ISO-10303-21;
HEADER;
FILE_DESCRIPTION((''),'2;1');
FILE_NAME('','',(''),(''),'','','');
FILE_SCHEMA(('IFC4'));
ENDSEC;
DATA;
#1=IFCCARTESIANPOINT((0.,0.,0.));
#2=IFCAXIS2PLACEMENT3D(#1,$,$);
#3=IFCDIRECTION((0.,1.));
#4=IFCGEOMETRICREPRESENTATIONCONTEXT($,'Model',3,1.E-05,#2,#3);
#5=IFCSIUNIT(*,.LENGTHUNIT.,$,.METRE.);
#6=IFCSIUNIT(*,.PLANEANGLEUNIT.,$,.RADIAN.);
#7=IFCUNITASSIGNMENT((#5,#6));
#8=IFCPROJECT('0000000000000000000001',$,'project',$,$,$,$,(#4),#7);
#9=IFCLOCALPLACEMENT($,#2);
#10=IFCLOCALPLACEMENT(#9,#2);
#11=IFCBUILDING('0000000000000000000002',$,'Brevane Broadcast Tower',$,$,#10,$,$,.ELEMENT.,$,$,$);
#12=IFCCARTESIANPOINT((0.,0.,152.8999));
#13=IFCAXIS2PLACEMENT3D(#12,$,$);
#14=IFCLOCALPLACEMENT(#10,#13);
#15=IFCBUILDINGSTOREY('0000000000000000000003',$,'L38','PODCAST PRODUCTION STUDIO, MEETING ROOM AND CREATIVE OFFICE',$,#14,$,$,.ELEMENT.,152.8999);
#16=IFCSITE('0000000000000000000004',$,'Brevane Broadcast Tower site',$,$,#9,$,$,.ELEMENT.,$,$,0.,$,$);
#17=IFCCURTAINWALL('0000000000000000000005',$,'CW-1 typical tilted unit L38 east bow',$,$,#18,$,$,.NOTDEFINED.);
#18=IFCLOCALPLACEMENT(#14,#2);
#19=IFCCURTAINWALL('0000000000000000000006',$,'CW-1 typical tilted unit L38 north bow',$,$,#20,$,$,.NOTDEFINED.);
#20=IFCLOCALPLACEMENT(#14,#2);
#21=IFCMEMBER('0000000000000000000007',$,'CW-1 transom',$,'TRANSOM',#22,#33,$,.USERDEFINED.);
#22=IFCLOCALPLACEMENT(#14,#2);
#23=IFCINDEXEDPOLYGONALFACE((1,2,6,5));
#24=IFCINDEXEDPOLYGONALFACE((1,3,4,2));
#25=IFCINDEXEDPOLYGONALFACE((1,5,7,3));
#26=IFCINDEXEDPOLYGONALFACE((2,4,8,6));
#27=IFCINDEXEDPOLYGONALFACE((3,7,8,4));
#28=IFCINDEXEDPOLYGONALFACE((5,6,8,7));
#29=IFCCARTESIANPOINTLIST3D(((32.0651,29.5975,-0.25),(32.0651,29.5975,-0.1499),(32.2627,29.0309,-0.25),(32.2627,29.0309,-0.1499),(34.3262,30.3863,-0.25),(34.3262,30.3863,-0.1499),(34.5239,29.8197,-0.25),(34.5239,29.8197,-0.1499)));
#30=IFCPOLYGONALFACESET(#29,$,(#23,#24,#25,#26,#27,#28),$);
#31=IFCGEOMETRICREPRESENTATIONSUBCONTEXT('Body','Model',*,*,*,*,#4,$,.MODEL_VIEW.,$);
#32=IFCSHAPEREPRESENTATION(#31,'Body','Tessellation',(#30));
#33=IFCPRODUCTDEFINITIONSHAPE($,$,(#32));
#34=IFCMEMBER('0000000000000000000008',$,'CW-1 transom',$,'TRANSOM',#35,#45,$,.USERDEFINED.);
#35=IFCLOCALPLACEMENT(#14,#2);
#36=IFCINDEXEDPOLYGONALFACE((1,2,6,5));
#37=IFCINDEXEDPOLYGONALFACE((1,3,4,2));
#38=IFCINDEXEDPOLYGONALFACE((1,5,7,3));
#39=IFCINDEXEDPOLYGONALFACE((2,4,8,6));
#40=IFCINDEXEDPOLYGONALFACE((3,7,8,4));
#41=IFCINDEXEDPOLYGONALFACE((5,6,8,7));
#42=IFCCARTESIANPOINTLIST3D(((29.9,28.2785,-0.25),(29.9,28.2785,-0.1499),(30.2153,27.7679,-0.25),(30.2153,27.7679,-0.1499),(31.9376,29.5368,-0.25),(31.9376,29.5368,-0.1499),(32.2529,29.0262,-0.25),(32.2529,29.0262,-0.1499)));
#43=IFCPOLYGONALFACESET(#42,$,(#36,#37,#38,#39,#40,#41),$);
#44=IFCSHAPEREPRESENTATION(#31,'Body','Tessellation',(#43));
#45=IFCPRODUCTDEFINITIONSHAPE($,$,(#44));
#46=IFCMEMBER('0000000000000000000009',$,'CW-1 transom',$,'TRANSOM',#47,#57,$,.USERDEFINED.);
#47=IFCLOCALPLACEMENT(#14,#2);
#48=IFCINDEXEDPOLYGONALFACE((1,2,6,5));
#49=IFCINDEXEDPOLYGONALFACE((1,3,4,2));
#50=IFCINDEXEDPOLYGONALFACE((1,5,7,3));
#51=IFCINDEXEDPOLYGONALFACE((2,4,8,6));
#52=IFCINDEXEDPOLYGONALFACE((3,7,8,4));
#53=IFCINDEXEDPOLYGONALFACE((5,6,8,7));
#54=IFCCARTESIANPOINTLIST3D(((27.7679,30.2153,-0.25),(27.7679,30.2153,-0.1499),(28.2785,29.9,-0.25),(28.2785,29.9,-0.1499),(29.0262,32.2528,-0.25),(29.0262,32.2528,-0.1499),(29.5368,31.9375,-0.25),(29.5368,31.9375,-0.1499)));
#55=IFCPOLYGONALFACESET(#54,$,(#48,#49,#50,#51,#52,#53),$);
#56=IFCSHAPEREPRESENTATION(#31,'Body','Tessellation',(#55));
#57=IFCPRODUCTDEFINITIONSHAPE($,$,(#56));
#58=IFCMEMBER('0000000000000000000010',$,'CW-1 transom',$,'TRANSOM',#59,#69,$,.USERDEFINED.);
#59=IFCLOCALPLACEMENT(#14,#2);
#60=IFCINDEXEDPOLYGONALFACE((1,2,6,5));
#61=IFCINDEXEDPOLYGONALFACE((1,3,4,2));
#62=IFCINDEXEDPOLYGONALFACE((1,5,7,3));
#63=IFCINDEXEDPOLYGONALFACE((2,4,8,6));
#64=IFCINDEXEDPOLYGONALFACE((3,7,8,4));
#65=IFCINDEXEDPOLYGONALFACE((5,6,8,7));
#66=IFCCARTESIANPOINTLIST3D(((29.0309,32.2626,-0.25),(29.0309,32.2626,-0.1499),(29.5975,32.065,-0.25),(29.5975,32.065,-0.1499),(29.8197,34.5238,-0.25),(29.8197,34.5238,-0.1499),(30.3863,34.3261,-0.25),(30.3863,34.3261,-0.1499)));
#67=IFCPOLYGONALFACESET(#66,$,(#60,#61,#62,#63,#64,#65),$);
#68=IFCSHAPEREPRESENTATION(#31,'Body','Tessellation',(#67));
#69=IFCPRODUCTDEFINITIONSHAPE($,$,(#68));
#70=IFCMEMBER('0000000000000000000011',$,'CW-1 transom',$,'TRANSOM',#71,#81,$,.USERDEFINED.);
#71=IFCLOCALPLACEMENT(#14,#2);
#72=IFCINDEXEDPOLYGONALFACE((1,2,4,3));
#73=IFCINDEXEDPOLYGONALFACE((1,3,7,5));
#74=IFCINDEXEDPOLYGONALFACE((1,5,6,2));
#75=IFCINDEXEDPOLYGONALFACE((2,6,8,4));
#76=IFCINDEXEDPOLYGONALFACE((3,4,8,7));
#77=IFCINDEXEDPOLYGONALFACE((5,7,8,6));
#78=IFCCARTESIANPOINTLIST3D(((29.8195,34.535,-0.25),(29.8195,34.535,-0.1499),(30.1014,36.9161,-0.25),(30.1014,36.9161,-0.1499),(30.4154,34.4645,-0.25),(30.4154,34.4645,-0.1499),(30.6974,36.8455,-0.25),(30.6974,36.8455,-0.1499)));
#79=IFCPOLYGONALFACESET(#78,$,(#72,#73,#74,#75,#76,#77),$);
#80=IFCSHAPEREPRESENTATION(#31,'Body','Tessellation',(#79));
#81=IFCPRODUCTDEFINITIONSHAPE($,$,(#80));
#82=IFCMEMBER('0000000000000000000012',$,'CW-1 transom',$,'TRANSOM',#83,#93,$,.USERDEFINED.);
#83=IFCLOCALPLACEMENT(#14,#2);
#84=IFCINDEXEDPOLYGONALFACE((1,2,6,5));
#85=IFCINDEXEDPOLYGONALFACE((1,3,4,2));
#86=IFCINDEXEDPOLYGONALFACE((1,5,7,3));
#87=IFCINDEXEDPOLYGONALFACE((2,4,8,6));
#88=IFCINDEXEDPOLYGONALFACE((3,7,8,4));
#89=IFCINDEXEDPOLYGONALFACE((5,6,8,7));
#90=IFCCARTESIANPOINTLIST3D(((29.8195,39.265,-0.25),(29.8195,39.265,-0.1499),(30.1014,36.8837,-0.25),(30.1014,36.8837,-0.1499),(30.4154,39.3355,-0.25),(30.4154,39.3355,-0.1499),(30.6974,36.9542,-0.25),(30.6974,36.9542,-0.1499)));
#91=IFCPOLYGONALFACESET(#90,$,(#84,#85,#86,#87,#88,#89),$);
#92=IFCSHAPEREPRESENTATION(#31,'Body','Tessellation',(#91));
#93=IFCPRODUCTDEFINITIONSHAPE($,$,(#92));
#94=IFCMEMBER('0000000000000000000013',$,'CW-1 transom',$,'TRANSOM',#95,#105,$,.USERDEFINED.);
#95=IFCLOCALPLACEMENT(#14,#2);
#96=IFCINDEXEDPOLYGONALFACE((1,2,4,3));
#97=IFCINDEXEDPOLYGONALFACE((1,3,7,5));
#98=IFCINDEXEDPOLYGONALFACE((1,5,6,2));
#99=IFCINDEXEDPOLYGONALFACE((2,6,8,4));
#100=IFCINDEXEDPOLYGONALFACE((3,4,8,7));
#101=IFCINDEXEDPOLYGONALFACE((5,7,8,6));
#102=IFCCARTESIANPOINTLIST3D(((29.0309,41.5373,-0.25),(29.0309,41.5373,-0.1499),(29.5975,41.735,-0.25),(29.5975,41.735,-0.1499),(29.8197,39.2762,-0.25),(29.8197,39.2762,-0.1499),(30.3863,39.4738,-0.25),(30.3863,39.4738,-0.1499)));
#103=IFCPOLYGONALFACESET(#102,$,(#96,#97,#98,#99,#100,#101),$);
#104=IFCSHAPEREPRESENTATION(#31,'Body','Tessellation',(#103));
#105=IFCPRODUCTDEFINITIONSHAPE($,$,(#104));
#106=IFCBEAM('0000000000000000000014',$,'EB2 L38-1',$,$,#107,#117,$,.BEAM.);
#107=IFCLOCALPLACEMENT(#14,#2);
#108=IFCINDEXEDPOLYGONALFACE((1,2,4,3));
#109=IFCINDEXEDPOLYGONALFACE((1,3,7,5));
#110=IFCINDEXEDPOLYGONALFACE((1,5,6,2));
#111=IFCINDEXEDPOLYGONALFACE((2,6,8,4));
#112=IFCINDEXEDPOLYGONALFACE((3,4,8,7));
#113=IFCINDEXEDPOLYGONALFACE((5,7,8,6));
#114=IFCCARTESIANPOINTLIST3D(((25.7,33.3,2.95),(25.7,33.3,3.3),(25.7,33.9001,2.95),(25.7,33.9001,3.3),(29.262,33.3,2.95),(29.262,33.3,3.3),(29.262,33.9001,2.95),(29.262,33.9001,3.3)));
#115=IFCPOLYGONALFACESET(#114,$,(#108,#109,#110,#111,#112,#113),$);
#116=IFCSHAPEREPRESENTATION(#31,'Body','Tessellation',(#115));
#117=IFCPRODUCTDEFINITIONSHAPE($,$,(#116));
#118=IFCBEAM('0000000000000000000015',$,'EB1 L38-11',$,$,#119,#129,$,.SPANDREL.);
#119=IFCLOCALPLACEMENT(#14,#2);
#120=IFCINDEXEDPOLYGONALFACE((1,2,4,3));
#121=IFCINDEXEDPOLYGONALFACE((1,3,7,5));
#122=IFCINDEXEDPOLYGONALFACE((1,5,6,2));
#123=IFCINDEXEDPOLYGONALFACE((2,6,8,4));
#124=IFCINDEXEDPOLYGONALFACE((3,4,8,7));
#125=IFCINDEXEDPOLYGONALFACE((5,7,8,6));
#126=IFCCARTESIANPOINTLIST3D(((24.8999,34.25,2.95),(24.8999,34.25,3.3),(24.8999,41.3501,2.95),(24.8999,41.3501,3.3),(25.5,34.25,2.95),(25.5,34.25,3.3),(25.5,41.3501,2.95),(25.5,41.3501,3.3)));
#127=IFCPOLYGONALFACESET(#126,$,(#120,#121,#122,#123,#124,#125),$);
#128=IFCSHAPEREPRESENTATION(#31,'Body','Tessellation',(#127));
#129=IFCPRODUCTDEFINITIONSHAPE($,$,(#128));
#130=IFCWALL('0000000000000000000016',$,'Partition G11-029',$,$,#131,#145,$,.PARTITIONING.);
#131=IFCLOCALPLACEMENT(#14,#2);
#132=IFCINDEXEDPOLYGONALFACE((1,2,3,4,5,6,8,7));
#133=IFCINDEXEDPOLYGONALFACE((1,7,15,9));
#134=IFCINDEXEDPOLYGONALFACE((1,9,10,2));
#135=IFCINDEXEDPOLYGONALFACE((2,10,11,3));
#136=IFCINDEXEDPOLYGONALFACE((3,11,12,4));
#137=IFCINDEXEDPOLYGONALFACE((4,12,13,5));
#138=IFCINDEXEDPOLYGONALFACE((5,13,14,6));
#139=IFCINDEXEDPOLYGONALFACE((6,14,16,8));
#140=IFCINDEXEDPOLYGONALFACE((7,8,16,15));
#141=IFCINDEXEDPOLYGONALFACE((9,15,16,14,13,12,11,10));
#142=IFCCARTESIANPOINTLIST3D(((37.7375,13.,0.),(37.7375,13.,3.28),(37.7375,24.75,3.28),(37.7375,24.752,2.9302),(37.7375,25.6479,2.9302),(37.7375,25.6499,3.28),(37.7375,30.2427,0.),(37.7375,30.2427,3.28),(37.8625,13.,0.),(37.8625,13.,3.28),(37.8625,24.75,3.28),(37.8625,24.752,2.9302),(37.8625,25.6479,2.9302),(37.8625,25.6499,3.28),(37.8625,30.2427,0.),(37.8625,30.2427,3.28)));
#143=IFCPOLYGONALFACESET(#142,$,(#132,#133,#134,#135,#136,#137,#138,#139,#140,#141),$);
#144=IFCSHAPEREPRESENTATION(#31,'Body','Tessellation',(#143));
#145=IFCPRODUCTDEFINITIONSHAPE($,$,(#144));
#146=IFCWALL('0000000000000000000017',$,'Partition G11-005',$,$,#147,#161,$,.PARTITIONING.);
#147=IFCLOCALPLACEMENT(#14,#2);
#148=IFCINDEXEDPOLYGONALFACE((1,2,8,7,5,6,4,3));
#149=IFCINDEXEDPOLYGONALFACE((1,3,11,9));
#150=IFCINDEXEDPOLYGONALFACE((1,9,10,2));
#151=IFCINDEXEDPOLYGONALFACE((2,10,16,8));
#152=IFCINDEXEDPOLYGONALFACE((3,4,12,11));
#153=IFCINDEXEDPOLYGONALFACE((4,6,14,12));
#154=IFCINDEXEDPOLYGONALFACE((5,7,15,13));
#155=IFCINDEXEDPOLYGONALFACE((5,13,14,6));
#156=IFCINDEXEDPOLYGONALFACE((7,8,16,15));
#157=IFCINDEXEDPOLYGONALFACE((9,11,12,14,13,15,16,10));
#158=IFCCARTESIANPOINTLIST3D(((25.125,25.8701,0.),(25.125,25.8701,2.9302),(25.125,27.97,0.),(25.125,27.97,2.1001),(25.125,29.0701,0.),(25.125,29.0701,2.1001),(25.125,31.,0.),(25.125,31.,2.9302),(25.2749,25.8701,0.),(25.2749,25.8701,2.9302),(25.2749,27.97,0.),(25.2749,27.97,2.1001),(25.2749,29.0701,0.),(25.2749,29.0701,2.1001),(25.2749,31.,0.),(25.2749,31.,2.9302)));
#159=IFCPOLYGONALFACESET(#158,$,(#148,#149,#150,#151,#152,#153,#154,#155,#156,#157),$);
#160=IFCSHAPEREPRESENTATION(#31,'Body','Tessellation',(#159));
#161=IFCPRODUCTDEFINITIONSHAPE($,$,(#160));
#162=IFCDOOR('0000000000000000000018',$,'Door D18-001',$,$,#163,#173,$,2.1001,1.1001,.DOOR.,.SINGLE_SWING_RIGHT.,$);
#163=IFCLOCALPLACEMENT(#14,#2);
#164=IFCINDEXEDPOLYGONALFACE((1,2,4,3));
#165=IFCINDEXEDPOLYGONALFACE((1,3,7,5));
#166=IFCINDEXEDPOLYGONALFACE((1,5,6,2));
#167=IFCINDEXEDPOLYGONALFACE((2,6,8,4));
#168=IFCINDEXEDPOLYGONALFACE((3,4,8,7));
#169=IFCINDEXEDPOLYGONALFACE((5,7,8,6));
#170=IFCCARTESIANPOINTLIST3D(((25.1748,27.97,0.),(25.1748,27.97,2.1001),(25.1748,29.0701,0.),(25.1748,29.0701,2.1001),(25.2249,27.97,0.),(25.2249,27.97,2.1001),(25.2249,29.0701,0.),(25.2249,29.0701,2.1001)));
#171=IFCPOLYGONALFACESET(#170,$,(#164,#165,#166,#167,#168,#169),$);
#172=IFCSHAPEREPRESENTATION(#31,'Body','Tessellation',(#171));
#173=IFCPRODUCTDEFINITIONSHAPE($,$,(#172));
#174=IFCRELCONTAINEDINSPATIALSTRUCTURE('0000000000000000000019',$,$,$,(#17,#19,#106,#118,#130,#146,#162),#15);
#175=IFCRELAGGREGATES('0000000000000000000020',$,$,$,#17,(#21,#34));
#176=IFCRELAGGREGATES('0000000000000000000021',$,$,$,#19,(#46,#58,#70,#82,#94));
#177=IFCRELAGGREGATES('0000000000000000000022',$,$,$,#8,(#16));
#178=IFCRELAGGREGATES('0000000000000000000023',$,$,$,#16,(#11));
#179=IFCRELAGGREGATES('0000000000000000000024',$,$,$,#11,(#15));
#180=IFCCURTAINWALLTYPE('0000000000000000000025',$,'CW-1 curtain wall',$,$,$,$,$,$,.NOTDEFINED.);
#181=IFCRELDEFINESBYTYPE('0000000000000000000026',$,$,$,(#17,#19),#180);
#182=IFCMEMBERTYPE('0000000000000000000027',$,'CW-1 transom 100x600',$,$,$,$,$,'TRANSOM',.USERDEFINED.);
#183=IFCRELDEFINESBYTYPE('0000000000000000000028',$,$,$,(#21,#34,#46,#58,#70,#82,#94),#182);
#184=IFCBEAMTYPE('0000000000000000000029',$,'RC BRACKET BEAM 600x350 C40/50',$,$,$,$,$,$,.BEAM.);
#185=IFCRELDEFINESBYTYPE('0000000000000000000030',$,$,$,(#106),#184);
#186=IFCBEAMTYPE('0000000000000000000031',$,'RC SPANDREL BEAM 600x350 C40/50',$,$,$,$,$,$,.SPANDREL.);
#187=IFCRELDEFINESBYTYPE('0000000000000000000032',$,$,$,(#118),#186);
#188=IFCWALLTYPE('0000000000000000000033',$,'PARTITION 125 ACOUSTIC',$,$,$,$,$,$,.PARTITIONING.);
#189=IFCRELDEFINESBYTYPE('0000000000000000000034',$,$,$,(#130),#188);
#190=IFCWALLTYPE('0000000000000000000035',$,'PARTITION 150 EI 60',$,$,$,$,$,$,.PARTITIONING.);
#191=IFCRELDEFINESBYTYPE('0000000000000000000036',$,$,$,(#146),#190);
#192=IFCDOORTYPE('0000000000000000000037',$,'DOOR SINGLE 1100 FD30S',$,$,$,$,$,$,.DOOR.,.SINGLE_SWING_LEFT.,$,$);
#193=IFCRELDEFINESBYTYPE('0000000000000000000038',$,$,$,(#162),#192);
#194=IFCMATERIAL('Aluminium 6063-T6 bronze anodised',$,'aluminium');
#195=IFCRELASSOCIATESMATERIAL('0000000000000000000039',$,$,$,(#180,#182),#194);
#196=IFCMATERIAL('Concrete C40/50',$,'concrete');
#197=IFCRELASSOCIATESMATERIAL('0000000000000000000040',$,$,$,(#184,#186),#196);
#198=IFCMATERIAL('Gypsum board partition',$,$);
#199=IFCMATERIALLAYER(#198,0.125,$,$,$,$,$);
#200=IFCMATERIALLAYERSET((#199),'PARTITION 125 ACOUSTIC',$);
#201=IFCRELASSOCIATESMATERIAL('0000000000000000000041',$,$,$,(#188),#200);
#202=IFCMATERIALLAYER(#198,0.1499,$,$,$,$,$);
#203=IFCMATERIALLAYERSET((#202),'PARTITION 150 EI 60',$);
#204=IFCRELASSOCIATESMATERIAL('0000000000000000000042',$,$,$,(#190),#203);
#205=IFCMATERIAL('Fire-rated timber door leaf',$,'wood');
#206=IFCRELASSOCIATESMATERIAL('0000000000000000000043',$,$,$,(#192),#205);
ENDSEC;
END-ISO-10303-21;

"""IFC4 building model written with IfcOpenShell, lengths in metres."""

from ifc_helpers import new_model, si_unit, direction, frame, frame_2d, origin, origin_2d, place, context, subcontext, project, spatial, polyline, rectangle, outline, extrude, material, layer, layer_set, material_profile, profile_set, type_object, element, fill, aggregate, save


model = new_model("IFC4")

# Units and contexts
model_context = context("Model", 3, precision=1e-05, world=origin(), true_north=direction((0.0, 1.0)))
body_context = subcontext(model_context, "Body", "Model", "MODEL_VIEW")
ifc_project = project(units=[si_unit("LENGTHUNIT", "METRE"), si_unit("PLANEANGLEUNIT", "RADIAN")], contexts=[model_context])

# Site, building, storey
site_placement = place(None, origin())
site = spatial("IfcSite", under=ifc_project, at=site_placement, Name="Brevane Broadcast Tower site", CompositionType="ELEMENT", RefElevation=0.0)
building_placement = place(site_placement, origin())
building = spatial("IfcBuilding", under=site, at=building_placement, Name="Brevane Broadcast Tower", CompositionType="ELEMENT")
storey_placement = place(building_placement, frame((0.0, 0.0, 152.8999)))
storey = spatial("IfcBuildingStorey", under=building, at=storey_placement, Name="L38", Description="PODCAST PRODUCTION STUDIO, MEETING ROOM AND CREATIVE OFFICE", CompositionType="ELEMENT", Elevation=152.8999)

# Curtain walls
ifc_material_1 = material(Name="Aluminium 6063-T6 bronze anodised", Category="aluminium")
curtain_wall_type = type_object("IfcCurtainWallType", Name="CW-1 curtain wall", PredefinedType="NOTDEFINED", material=ifc_material_1)
curtain_wall_1_placement = place(storey_placement, origin())
curtain_wall_1 = element("IfcCurtainWall", 1, at=curtain_wall_1_placement, inside=storey, type_object=curtain_wall_type, Name="CW-1 typical tilted unit L38 east bow", PredefinedType="NOTDEFINED")
curtain_wall_2_placement = place(storey_placement, origin())
curtain_wall_2 = element("IfcCurtainWall", 2, at=curtain_wall_2_placement, inside=storey, type_object=curtain_wall_type, Name="CW-1 typical tilted unit L38 north bow", PredefinedType="NOTDEFINED")

# Members
ifc_material_profile_1 = material_profile(ifc_material_1, rectangle(XDim=0.6001, YDim=0.1001, at=origin_2d()), Name="RECT 100x600")
ifc_profile_set_1 = profile_set([ifc_material_profile_1], Name="Aluminium 6063-T6 bronze anodised")
member_type_1 = type_object("IfcMemberType", Name="CW-1 transom 100x600", ElementType="TRANSOM", PredefinedType="USERDEFINED", material=ifc_profile_set_1)
member_1_placement = place(storey_placement, frame((34.425, 30.103, -0.2), z_axis=(-0.944198, -0.329378, 0.0), x_axis=(0.329378, -0.944198, 0.0)))
member_1 = element("IfcMember", 3, at=member_1_placement, type_object=member_type_1, Name="CW-1 transom", ObjectType="TRANSOM", PredefinedType="USERDEFINED", context=body_context, shape_type="SweptSolid", body=[
    extrude(rectangle(XDim=0.6001, YDim=0.1001, at=origin_2d()), origin(), (0.0, 0.0, 1.0), 2.3948),
])
member_2_placement = place(storey_placement, frame((32.0952, 29.2815, -0.2), z_axis=(-0.850838, -0.525428, 0.0), x_axis=(0.525428, -0.850838, 0.0)))
member_2 = element("IfcMember", 4, at=member_2_placement, type_object=member_type_1, Name="CW-1 transom", ObjectType="TRANSOM", PredefinedType="USERDEFINED", context=body_context, shape_type="SweptSolid", body=[
    extrude(rectangle(XDim=0.6001, YDim=0.1001, at=origin_2d()), origin(), (0.0, 0.0, 1.0), 2.3948),
])
aggregate(curtain_wall_1, [member_1, member_2])
member_3_placement = place(storey_placement, frame((28.0232, 30.0576, -0.2), z_axis=(0.525428, 0.850838, 0.0), x_axis=(-0.850838, 0.525428, 0.0)))
member_3 = element("IfcMember", 5, at=member_3_placement, type_object=member_type_1, Name="CW-1 transom", ObjectType="TRANSOM", PredefinedType="USERDEFINED", context=body_context, shape_type="SweptSolid", body=[
    extrude(rectangle(XDim=0.6001, YDim=0.1001, at=origin_2d()), origin(), (0.0, 0.0, 1.0), 2.3948),
])
member_4_placement = place(storey_placement, frame((29.3142, 32.1638, -0.2), z_axis=(0.329378, 0.944198, 0.0), x_axis=(-0.944198, 0.329378, 0.0)))
member_4 = element("IfcMember", 6, at=member_4_placement, type_object=member_type_1, Name="CW-1 transom", ObjectType="TRANSOM", PredefinedType="USERDEFINED", context=body_context, shape_type="SweptSolid", body=[
    extrude(rectangle(XDim=0.6001, YDim=0.1001, at=origin_2d()), origin(), (0.0, 0.0, 1.0), 2.3948),
])
member_5_placement = place(storey_placement, frame((30.1174, 34.4998, -0.2), z_axis=(0.117603, 0.993061, 0.0), x_axis=(-0.993061, 0.117603, 0.0)))
member_5 = element("IfcMember", 7, at=member_5_placement, type_object=member_type_1, Name="CW-1 transom", ObjectType="TRANSOM", PredefinedType="USERDEFINED", context=body_context, shape_type="SweptSolid", body=[
    extrude(rectangle(XDim=0.6001, YDim=0.1001, at=origin_2d()), origin(), (0.0, 0.0, 1.0), 2.3977),
])
member_6_placement = place(storey_placement, frame((30.3994, 36.9189, -0.2), z_axis=(-0.117591, 0.993062, 0.0), x_axis=(-0.993062, -0.117591, 0.0)))
member_6 = element("IfcMember", 8, at=member_6_placement, type_object=member_type_1, Name="CW-1 transom", ObjectType="TRANSOM", PredefinedType="USERDEFINED", context=body_context, shape_type="SweptSolid", body=[
    extrude(rectangle(XDim=0.6001, YDim=0.1001, at=origin_2d()), origin(), (0.0, 0.0, 1.0), 2.3979),
])
member_7_placement = place(storey_placement, frame((30.103, 39.375, -0.2), z_axis=(-0.329378, 0.944198, 0.0), x_axis=(-0.944198, -0.329378, 0.0)))
member_7 = element("IfcMember", 9, at=member_7_placement, type_object=member_type_1, Name="CW-1 transom", ObjectType="TRANSOM", PredefinedType="USERDEFINED", context=body_context, shape_type="SweptSolid", body=[
    extrude(rectangle(XDim=0.6001, YDim=0.1001, at=origin_2d()), origin(), (0.0, 0.0, 1.0), 2.3948),
])
aggregate(curtain_wall_2, [member_3, member_4, member_5, member_6, member_7])

# Beams
ifc_material_2 = material(Name="Concrete C40/50", Category="concrete")
ifc_material_profile_2 = material_profile(ifc_material_2, rectangle(XDim=0.6001, YDim=0.3501, at=origin_2d()), Name="RC 600x350")
ifc_profile_set_2 = profile_set([ifc_material_profile_2], Name="Concrete C40/50")
beam_type_1 = type_object("IfcBeamType", Name="RC BRACKET BEAM 600x350 C40/50", PredefinedType="BEAM", material=ifc_profile_set_2)
beam_1_placement = place(storey_placement, frame((25.7, 33.6001, 3.125), z_axis=(1.0, 0.0, 0.0), x_axis=(0.0, 1.0, 0.0)))
element("IfcBeam", 10, at=beam_1_placement, inside=storey, type_object=beam_type_1, Name="EB2 L38-1", PredefinedType="BEAM", context=body_context, shape_type="SweptSolid", body=[
    extrude(rectangle(XDim=0.6001, YDim=0.3501, at=origin_2d()), origin(), (0.0, 0.0, 1.0), 3.562),
])
ifc_material_profile_3 = material_profile(ifc_material_2, rectangle(XDim=0.6001, YDim=0.3501, at=origin_2d()), Name="RC 600x350")
ifc_profile_set_3 = profile_set([ifc_material_profile_3], Name="Concrete C40/50")
beam_type_2 = type_object("IfcBeamType", Name="RC SPANDREL BEAM 600x350 C40/50", PredefinedType="SPANDREL", material=ifc_profile_set_3)
beam_2_placement = place(storey_placement, frame((25.2, 34.25, 3.125), z_axis=(0.0, 1.0, 0.0), x_axis=(-1.0, 0.0, 0.0)))
element("IfcBeam", 11, at=beam_2_placement, inside=storey, type_object=beam_type_2, Name="EB1 L38-11", PredefinedType="SPANDREL", context=body_context, shape_type="SweptSolid", body=[
    extrude(rectangle(XDim=0.6001, YDim=0.3501, at=origin_2d()), origin(), (0.0, 0.0, 1.0), 7.1001),
])

# Wall
ifc_material_3 = material(Name="Gypsum board partition")
ifc_layer_1 = layer(ifc_material_3, 0.125)
ifc_layer_set_1 = layer_set([ifc_layer_1], Name="PARTITION 125 ACOUSTIC")
wall_type_1 = type_object("IfcWallType", Name="PARTITION 125 ACOUSTIC", PredefinedType="PARTITIONING", material=ifc_layer_set_1)
wall_1_placement = place(storey_placement, frame((37.8, 30.2427, 0.0), z_axis=(0.0, 0.0, 1.0), x_axis=(0.0, -1.0, 0.0)))
element("IfcWall", 12, at=wall_1_placement, inside=storey, type_object=wall_type_1, Name="Partition G11-029", PredefinedType="PARTITIONING", context=body_context, shape_type="SweptSolid", body=[
    extrude(outline(polyline([(0.0, 0.0), (17.2427, 0.0), (17.2427, 3.28), (5.4927, 3.28), (5.4907, 2.9302), (4.5947, 2.9302), (4.5928, 3.28), (0.0, 3.28), (0.0, 0.0)])), frame((0.0, 0.0625, 0.0), z_axis=(0.0, -1.0, 0.0), x_axis=(1.0, 0.0, 0.0)), (0.0, 0.0, 1.0), 0.125),
])

# Wall, opening, door
ifc_layer_2 = layer(ifc_material_3, 0.1499)
ifc_layer_set_2 = layer_set([ifc_layer_2], Name="PARTITION 150 EI 60")
wall_type_2 = type_object("IfcWallType", Name="PARTITION 150 EI 60", PredefinedType="PARTITIONING", material=ifc_layer_set_2)
wall_2_placement = place(storey_placement, frame((25.2, 31.0, 0.0), z_axis=(0.0, 0.0, 1.0), x_axis=(0.0, -1.0, 0.0)))
wall_2 = element("IfcWall", 13, at=wall_2_placement, inside=storey, type_object=wall_type_2, Name="Partition G11-005", PredefinedType="PARTITIONING", context=body_context, shape_type="SweptSolid", body=[
    extrude(outline(polyline([(0.0, 0.0), (5.1299, 0.0), (5.1299, 2.9302), (0.0, 2.9302), (0.0, 0.0)])), frame((0.0, 0.075, 0.0), z_axis=(0.0, -1.0, 0.0), x_axis=(1.0, 0.0, 0.0)), (0.0, 0.0, 1.0), 0.1499),
])
opening_placement = place(wall_2_placement, frame((1.9299, 0.0, 0.0)))
opening = element("IfcOpeningElement", 14, at=opening_placement, cuts=wall_2, PredefinedType="OPENING", context=body_context, shape_type="SweptSolid", body=[
    extrude(rectangle(XDim=1.1001, YDim=2.1001, at=frame_2d((0.55, 1.05))), frame((0.0, 0.085, 0.0), z_axis=(0.0, -1.0, 0.0), x_axis=(1.0, 0.0, 0.0)), (0.0, 0.0, 1.0), 0.1699),
])
ifc_material_4 = material(Name="Fire-rated timber door leaf", Category="wood")
door_type = type_object("IfcDoorType", Name="DOOR SINGLE 1100 FD30S", OperationType="SINGLE_SWING_LEFT", PredefinedType="DOOR", material=ifc_material_4)
door_placement = place(opening_placement, origin())
door = element("IfcDoor", 15, at=door_placement, inside=storey, type_object=door_type, Name="Door D18-001", OperationType="SINGLE_SWING_RIGHT", OverallHeight=2.1001, OverallWidth=1.1001, PredefinedType="DOOR", context=body_context, shape_type="SweptSolid", body=[
    extrude(rectangle(XDim=1.1001, YDim=2.1001, at=frame_2d((0.55, 1.05))), frame((0.0, 0.0249, 0.0), z_axis=(0.0, -1.0, 0.0), x_axis=(1.0, 0.0, 0.0)), (0.0, 0.0, 1.0), 0.05),
])
fill(opening, door)

save(model, "model.ifc")
